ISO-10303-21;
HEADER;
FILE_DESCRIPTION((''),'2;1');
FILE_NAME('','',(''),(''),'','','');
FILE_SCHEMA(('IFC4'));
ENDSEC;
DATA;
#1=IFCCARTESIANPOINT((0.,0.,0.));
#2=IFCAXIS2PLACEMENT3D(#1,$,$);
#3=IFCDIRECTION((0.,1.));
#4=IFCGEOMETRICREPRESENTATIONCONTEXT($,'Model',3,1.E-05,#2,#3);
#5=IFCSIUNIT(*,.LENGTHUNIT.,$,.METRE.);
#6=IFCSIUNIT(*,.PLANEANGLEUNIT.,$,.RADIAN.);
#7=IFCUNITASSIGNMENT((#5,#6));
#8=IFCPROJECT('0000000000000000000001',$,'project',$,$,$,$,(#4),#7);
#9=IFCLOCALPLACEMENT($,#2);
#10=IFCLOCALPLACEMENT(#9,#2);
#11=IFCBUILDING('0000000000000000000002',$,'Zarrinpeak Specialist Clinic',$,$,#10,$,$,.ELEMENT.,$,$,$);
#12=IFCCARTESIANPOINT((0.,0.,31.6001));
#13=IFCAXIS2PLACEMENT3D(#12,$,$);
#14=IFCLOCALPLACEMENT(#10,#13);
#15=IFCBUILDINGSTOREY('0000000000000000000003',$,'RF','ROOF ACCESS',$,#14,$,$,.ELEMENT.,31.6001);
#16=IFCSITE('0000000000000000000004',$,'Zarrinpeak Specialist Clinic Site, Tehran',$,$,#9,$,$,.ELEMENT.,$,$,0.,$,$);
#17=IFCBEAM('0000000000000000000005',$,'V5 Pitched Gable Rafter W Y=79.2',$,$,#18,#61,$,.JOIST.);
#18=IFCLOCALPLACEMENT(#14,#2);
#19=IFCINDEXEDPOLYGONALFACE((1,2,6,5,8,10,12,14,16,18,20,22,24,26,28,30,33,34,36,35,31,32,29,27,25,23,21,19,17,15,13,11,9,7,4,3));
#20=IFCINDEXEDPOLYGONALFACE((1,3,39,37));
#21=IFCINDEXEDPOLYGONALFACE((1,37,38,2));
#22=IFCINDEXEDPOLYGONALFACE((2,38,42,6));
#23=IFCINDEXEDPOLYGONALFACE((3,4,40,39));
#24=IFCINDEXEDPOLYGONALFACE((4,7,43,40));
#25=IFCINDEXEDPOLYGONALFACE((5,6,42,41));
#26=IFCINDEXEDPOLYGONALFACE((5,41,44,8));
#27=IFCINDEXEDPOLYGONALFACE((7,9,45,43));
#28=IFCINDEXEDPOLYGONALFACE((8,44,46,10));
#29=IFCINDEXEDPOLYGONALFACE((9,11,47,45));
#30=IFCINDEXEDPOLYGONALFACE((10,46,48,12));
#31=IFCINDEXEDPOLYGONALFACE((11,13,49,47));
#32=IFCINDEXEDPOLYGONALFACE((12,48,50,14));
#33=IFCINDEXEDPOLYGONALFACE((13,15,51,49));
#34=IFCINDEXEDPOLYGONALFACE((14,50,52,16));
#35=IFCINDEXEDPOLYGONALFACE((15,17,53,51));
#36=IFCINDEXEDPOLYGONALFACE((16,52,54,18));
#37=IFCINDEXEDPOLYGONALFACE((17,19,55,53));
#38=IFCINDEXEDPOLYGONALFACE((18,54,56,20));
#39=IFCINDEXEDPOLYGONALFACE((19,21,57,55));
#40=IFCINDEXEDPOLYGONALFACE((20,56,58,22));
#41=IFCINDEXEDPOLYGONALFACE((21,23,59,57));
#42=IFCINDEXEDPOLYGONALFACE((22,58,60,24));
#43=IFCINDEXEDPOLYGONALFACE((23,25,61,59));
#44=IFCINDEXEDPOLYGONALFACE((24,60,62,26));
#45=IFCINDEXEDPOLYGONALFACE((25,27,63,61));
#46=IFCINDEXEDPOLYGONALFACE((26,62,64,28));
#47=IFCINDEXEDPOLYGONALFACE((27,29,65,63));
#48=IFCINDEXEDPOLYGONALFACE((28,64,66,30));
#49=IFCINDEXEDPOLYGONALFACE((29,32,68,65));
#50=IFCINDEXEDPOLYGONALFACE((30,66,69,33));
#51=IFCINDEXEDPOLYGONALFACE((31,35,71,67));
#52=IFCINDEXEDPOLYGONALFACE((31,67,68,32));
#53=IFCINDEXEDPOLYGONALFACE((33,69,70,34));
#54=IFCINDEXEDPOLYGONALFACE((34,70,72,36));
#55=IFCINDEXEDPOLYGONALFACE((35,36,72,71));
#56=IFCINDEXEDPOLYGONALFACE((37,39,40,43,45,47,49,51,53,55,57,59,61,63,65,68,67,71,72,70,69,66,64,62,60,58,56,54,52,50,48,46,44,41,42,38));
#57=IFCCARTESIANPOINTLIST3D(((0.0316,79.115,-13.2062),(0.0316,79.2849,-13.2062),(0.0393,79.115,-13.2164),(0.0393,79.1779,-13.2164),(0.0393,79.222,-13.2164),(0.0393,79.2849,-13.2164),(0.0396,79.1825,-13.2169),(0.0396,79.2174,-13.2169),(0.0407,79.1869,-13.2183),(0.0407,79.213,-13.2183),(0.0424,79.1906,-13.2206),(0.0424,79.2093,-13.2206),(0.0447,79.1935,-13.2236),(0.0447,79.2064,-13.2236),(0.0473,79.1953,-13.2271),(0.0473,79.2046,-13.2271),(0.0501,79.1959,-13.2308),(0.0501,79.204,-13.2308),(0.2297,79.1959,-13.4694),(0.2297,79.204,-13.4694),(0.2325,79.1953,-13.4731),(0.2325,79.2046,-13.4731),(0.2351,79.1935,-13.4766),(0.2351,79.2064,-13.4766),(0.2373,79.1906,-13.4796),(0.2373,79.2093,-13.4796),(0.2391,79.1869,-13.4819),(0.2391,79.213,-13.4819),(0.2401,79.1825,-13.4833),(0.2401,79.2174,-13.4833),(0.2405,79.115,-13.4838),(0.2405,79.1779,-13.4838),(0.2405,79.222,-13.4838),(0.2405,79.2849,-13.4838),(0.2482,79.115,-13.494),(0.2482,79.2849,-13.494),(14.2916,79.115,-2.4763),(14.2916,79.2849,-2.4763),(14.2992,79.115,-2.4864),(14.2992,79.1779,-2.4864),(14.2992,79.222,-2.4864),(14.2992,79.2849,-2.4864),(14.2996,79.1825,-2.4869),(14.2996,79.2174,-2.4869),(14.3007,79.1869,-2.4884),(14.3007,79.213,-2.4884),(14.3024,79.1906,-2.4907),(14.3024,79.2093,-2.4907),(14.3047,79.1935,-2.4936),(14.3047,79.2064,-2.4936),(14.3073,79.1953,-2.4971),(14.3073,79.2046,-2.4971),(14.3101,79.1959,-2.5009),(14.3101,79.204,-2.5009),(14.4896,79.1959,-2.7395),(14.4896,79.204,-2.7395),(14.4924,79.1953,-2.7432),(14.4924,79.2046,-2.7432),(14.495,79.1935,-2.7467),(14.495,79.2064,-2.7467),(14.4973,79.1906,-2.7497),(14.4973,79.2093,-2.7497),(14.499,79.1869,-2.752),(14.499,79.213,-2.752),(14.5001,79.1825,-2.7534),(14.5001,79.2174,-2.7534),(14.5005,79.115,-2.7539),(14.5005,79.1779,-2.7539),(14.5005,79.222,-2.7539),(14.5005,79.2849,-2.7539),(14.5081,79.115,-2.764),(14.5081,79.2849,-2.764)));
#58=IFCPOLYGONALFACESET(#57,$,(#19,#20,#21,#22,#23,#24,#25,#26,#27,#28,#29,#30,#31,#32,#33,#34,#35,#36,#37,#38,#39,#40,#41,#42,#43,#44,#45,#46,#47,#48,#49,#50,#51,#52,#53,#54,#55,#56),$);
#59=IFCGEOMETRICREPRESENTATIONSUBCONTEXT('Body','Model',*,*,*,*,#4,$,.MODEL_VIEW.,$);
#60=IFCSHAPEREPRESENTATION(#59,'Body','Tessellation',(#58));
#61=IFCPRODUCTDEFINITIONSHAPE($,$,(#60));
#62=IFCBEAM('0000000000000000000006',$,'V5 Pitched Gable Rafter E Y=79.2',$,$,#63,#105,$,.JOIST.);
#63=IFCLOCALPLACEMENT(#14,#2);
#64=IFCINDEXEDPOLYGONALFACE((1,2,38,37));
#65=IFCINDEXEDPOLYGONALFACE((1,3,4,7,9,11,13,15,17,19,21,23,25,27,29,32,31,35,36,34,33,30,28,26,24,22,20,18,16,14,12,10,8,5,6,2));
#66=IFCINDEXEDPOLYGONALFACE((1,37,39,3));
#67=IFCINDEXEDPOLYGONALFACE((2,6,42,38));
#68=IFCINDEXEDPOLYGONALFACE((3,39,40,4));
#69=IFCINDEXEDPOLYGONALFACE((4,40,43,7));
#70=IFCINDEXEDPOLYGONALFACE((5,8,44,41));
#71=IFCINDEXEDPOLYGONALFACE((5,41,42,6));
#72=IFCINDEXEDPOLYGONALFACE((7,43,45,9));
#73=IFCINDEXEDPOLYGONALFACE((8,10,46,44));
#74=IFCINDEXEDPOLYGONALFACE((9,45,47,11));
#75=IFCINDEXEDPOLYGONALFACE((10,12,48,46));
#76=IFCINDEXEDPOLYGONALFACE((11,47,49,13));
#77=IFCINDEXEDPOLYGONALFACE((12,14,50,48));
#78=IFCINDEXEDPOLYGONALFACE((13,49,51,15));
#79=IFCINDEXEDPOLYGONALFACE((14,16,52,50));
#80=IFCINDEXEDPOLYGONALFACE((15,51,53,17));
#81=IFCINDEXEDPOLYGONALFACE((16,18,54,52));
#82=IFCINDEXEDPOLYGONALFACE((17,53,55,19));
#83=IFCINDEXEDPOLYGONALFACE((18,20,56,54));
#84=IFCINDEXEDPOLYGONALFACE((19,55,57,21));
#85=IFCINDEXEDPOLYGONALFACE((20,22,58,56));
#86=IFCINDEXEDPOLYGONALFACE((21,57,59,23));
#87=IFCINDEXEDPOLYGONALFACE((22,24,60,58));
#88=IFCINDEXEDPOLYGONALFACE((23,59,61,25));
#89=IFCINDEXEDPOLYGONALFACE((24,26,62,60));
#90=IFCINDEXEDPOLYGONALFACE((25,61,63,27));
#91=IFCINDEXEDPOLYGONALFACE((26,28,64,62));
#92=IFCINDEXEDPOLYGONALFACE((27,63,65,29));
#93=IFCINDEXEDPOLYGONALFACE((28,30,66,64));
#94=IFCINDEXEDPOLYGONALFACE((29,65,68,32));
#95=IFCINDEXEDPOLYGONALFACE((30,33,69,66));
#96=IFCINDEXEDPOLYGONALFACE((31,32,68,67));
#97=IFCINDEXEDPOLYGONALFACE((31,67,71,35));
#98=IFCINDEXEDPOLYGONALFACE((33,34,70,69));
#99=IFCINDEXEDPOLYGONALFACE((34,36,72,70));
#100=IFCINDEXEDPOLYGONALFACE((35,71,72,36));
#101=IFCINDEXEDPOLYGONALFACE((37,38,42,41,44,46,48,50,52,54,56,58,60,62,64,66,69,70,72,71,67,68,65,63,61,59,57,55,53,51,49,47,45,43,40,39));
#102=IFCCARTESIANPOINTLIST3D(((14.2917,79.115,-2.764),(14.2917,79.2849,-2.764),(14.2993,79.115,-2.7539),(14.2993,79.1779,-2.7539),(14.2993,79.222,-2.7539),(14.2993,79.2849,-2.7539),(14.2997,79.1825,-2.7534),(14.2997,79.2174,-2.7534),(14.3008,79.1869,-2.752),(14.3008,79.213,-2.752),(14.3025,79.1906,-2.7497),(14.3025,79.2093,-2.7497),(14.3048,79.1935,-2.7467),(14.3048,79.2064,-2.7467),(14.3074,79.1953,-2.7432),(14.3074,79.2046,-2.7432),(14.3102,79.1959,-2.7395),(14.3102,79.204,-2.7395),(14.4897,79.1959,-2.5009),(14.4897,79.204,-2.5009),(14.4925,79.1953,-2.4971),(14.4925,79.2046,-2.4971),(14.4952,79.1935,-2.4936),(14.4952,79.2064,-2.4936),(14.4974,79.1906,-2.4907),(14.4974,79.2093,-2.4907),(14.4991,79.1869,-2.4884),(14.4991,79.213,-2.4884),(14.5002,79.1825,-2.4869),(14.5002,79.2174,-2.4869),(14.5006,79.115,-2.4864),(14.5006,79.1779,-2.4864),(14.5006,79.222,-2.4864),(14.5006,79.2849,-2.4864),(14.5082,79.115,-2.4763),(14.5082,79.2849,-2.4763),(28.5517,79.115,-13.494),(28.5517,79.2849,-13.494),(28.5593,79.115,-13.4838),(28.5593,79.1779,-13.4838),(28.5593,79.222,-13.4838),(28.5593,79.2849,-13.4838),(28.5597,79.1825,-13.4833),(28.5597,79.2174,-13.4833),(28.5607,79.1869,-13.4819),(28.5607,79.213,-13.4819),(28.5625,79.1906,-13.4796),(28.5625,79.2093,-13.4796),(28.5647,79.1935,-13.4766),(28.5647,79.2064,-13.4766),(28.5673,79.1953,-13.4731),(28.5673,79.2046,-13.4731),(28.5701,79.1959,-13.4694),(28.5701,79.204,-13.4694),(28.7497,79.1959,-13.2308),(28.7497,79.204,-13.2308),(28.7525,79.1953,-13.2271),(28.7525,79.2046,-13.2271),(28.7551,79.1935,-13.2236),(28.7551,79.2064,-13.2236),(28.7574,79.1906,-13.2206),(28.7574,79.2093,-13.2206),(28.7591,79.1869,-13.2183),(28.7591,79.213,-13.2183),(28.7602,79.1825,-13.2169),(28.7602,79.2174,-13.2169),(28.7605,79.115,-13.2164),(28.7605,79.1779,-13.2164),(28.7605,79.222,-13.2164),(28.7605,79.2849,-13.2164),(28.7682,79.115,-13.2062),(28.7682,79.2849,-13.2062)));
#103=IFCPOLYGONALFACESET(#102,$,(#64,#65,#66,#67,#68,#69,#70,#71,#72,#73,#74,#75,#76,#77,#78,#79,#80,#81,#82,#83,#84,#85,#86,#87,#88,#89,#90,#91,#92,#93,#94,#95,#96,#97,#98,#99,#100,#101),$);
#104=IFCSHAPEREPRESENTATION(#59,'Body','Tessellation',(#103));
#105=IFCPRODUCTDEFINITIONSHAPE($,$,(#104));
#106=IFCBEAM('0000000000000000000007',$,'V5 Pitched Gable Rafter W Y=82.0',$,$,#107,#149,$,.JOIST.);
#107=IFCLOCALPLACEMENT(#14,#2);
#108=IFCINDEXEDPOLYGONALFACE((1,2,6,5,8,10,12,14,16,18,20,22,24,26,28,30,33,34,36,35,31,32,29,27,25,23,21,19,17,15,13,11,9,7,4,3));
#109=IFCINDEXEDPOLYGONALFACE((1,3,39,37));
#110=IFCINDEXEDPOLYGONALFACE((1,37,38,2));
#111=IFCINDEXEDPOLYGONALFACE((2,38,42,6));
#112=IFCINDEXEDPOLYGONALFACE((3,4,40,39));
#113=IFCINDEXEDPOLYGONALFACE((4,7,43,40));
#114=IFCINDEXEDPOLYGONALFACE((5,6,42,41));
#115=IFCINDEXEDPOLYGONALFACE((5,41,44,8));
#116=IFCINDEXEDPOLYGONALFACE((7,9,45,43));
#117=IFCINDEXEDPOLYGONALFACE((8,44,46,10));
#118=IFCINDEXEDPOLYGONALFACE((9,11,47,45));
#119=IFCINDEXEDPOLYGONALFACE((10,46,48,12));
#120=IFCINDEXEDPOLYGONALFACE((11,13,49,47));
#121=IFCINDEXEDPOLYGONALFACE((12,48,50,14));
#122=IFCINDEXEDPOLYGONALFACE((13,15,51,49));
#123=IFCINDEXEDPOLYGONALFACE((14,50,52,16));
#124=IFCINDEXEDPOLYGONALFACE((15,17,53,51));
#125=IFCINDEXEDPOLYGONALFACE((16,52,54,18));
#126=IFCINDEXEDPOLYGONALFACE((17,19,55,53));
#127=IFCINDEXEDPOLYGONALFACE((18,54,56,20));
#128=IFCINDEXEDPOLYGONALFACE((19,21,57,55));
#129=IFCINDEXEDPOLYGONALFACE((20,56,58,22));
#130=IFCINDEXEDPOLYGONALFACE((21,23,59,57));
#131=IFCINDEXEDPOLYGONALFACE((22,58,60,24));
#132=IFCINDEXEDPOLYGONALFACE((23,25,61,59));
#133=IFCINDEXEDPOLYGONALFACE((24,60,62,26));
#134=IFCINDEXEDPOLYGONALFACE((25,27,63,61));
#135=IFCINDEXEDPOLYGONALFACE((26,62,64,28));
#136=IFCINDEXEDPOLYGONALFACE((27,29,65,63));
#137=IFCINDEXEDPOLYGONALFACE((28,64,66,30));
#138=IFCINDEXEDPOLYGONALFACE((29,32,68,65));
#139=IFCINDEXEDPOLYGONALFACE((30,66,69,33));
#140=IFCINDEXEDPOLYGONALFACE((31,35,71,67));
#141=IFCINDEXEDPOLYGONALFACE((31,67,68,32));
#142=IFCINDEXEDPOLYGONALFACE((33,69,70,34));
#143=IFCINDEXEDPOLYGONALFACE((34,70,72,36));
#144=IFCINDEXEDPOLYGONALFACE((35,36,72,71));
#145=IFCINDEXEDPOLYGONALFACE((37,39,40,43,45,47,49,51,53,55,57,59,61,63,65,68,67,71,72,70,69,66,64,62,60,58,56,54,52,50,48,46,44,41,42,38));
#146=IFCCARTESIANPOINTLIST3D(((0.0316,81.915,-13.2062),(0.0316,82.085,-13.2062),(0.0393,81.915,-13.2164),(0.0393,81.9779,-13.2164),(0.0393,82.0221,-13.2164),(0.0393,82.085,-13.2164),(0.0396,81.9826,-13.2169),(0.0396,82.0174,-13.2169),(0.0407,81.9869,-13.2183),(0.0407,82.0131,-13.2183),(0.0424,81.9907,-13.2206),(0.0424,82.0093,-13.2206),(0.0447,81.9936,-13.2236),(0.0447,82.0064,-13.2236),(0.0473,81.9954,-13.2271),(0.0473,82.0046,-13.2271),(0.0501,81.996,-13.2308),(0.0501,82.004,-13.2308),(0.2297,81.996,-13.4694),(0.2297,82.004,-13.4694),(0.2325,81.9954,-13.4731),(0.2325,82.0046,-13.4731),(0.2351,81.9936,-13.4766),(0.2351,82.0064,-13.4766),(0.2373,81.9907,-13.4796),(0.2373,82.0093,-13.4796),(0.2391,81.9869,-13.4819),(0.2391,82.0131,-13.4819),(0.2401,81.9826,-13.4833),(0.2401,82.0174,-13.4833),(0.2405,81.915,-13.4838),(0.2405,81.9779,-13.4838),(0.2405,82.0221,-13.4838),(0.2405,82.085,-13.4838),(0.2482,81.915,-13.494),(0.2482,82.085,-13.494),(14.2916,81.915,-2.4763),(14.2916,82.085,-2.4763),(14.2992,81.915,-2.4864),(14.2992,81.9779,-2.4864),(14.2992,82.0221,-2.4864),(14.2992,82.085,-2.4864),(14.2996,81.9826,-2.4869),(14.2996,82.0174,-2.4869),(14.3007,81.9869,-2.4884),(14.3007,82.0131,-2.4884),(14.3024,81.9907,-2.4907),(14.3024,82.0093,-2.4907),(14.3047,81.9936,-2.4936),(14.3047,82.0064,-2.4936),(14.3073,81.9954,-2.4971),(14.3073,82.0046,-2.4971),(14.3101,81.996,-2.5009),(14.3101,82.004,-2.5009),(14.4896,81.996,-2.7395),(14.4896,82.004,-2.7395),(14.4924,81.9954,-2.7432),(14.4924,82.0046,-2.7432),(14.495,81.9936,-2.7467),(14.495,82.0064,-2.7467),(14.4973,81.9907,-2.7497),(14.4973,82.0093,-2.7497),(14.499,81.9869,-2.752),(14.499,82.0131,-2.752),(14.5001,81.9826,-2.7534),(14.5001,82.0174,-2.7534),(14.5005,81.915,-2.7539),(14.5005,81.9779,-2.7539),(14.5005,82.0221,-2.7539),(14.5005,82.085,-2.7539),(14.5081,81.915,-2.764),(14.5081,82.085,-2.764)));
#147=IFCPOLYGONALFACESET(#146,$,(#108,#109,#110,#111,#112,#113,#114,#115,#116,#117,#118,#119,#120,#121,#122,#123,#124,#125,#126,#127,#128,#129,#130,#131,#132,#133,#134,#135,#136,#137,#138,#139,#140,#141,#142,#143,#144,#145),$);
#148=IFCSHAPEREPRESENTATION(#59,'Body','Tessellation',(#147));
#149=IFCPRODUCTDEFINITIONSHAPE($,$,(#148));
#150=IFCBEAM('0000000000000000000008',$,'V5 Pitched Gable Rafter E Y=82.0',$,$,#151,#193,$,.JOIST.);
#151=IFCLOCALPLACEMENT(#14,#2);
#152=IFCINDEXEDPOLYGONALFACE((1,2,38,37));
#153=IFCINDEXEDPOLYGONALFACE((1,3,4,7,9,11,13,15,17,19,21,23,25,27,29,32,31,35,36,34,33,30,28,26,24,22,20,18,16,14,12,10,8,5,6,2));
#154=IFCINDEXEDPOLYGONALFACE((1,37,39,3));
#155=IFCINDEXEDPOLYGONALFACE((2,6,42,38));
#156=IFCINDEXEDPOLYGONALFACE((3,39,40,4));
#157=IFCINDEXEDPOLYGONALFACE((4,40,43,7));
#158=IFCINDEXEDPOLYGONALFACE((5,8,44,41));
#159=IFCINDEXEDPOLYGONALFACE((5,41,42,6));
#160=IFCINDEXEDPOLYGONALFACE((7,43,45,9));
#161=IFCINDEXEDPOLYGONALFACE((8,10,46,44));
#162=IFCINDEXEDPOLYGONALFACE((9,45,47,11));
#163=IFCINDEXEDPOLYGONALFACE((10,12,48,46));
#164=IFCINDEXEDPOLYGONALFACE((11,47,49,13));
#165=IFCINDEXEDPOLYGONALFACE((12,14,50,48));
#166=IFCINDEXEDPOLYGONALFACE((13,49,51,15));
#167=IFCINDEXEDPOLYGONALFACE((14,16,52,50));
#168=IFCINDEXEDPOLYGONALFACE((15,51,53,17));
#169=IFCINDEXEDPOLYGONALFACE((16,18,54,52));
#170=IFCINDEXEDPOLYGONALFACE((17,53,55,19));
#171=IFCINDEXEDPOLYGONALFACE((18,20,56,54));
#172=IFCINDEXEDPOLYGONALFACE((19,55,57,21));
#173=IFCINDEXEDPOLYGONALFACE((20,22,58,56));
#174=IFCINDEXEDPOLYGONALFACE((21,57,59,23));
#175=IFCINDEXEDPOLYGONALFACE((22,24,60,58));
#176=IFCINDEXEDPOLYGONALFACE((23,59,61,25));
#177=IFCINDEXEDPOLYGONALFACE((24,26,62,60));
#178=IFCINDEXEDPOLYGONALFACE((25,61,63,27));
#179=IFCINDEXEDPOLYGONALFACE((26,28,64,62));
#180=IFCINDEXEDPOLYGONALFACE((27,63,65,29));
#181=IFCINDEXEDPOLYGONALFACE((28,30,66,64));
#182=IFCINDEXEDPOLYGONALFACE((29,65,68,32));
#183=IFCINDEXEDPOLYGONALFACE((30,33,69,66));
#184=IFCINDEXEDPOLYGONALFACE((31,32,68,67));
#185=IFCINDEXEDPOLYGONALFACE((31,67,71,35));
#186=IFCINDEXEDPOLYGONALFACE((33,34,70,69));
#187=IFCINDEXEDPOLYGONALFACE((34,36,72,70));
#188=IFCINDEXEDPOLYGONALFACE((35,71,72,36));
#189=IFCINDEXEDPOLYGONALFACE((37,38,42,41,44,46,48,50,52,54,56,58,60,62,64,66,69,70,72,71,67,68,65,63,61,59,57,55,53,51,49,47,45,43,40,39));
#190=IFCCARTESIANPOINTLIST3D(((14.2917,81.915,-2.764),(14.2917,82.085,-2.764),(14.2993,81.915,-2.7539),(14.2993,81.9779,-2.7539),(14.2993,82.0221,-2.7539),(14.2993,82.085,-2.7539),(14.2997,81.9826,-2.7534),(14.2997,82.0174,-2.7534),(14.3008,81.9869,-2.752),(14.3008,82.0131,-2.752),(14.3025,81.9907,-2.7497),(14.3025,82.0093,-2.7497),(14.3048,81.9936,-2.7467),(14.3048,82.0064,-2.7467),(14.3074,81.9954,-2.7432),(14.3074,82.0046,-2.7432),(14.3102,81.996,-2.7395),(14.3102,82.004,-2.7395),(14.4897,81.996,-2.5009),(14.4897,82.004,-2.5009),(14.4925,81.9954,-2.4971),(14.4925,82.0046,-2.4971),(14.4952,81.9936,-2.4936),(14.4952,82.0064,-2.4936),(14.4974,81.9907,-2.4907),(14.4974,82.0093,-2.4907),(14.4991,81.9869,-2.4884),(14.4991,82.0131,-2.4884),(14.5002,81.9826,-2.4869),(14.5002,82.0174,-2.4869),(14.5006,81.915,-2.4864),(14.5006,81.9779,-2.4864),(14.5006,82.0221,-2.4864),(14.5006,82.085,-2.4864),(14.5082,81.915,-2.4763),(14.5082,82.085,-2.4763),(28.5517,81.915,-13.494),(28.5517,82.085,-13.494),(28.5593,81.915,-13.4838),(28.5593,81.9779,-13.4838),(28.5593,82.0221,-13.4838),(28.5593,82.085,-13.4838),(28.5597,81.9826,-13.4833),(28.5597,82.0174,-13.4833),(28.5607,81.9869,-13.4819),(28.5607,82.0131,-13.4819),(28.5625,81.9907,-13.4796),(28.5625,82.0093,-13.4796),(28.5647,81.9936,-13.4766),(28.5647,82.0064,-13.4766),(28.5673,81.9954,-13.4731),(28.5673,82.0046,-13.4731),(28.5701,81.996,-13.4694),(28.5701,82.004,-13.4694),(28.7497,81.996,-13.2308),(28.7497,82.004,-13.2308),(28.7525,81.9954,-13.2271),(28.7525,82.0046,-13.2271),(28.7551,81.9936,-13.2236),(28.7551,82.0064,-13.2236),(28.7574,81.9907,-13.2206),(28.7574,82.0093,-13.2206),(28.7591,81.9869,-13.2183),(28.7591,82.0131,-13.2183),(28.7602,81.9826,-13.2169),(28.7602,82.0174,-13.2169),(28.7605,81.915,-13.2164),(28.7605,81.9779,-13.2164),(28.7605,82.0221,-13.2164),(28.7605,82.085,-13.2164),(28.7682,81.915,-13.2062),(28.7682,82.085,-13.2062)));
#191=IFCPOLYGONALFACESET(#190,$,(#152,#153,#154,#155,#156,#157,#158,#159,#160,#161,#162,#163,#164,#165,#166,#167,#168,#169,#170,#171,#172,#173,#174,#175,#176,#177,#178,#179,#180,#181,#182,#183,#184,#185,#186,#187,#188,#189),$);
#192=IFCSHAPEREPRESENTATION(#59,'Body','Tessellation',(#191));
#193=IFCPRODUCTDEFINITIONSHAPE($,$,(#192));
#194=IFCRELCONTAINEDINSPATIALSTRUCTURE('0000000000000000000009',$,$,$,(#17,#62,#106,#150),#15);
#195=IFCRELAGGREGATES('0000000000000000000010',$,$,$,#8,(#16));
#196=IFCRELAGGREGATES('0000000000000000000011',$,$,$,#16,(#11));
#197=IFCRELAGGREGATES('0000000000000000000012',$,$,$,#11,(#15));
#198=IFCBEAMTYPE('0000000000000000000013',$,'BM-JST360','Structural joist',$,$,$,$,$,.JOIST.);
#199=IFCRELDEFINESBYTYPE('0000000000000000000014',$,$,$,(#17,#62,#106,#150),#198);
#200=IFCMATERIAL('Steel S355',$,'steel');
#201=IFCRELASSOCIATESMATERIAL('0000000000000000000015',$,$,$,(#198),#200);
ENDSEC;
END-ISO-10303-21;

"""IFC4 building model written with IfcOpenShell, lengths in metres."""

from ifc_helpers import new_model, si_unit, direction, frame, origin, origin_2d, place, context, subcontext, project, spatial, i_section, extrude, material, material_profile, profile_set, type_object, element, save


model = new_model("IFC4")

# Units and contexts
model_context = context("Model", 3, precision=1e-05, world=origin(), true_north=direction((0.0, 1.0)))
body_context = subcontext(model_context, "Body", "Model", "MODEL_VIEW")
ifc_project = project(units=[si_unit("LENGTHUNIT", "METRE"), si_unit("PLANEANGLEUNIT", "RADIAN")], contexts=[model_context])

# Site, building, storey
site_placement = place(None, origin())
site = spatial("IfcSite", under=ifc_project, at=site_placement, Name="Zarrinpeak Specialist Clinic Site, Tehran", CompositionType="ELEMENT", RefElevation=0.0)
building_placement = place(site_placement, origin())
building = spatial("IfcBuilding", under=site, at=building_placement, Name="Zarrinpeak Specialist Clinic", CompositionType="ELEMENT")
storey_placement = place(building_placement, frame((0.0, 0.0, 31.6001)))
storey = spatial("IfcBuildingStorey", under=building, at=storey_placement, Name="RF", Description="ROOF ACCESS", CompositionType="ELEMENT", Elevation=31.6001)

# Shared definitions
ifc_material_1 = material(Name="Steel S355", Category="steel")

# Beams
ifc_material_profile_1 = material_profile(ifc_material_1, i_section(OverallWidth=0.1699, OverallDepth=0.3601, WebThickness=0.0081, FlangeThickness=0.0127, FilletRadius=0.0181, at=origin_2d()), Name="IPE 360")
ifc_profile_set_1 = profile_set([ifc_material_profile_1], Name="Steel S355")
beam_type_1 = type_object("IfcBeamType", Name="BM-JST360", Description="Structural joist", PredefinedType="JOIST", material=ifc_profile_set_1)
for number, where, z_axis, x_axis, name in (
    (1, (0.1399, 79.2, -13.3501), (0.799058, 0.0, 0.601253), (0.0, 1.0, 0.0), "V5 Pitched Gable Rafter W Y=79.2"),
    (2, (28.6599, 79.2, -13.3501), (-0.799058, 0.0, 0.601253), (0.0, -1.0, 0.0), "V5 Pitched Gable Rafter E Y=79.2"),
    (3, (0.1399, 82.0, -13.3501), (0.799058, 0.0, 0.601253), (0.0, 1.0, 0.0), "V5 Pitched Gable Rafter W Y=82.0"),
    (4, (28.6599, 82.0, -13.3501), (-0.799058, 0.0, 0.601253), (0.0, -1.0, 0.0), "V5 Pitched Gable Rafter E Y=82.0"),
):
    element("IfcBeam", number, at=place(storey_placement, frame(where, z_axis=z_axis, x_axis=x_axis)), inside=storey, type_object=beam_type_1, Name=name, PredefinedType="JOIST", context=body_context, shape_type="SweptSolid", body=[
        extrude(i_section(OverallWidth=0.1699, OverallDepth=0.3601, WebThickness=0.0081, FlangeThickness=0.0127, FilletRadius=0.0181, at=origin_2d()), origin(), (0.0, 0.0, 1.0), 17.8459),
    ])

save(model, "model.ifc")
